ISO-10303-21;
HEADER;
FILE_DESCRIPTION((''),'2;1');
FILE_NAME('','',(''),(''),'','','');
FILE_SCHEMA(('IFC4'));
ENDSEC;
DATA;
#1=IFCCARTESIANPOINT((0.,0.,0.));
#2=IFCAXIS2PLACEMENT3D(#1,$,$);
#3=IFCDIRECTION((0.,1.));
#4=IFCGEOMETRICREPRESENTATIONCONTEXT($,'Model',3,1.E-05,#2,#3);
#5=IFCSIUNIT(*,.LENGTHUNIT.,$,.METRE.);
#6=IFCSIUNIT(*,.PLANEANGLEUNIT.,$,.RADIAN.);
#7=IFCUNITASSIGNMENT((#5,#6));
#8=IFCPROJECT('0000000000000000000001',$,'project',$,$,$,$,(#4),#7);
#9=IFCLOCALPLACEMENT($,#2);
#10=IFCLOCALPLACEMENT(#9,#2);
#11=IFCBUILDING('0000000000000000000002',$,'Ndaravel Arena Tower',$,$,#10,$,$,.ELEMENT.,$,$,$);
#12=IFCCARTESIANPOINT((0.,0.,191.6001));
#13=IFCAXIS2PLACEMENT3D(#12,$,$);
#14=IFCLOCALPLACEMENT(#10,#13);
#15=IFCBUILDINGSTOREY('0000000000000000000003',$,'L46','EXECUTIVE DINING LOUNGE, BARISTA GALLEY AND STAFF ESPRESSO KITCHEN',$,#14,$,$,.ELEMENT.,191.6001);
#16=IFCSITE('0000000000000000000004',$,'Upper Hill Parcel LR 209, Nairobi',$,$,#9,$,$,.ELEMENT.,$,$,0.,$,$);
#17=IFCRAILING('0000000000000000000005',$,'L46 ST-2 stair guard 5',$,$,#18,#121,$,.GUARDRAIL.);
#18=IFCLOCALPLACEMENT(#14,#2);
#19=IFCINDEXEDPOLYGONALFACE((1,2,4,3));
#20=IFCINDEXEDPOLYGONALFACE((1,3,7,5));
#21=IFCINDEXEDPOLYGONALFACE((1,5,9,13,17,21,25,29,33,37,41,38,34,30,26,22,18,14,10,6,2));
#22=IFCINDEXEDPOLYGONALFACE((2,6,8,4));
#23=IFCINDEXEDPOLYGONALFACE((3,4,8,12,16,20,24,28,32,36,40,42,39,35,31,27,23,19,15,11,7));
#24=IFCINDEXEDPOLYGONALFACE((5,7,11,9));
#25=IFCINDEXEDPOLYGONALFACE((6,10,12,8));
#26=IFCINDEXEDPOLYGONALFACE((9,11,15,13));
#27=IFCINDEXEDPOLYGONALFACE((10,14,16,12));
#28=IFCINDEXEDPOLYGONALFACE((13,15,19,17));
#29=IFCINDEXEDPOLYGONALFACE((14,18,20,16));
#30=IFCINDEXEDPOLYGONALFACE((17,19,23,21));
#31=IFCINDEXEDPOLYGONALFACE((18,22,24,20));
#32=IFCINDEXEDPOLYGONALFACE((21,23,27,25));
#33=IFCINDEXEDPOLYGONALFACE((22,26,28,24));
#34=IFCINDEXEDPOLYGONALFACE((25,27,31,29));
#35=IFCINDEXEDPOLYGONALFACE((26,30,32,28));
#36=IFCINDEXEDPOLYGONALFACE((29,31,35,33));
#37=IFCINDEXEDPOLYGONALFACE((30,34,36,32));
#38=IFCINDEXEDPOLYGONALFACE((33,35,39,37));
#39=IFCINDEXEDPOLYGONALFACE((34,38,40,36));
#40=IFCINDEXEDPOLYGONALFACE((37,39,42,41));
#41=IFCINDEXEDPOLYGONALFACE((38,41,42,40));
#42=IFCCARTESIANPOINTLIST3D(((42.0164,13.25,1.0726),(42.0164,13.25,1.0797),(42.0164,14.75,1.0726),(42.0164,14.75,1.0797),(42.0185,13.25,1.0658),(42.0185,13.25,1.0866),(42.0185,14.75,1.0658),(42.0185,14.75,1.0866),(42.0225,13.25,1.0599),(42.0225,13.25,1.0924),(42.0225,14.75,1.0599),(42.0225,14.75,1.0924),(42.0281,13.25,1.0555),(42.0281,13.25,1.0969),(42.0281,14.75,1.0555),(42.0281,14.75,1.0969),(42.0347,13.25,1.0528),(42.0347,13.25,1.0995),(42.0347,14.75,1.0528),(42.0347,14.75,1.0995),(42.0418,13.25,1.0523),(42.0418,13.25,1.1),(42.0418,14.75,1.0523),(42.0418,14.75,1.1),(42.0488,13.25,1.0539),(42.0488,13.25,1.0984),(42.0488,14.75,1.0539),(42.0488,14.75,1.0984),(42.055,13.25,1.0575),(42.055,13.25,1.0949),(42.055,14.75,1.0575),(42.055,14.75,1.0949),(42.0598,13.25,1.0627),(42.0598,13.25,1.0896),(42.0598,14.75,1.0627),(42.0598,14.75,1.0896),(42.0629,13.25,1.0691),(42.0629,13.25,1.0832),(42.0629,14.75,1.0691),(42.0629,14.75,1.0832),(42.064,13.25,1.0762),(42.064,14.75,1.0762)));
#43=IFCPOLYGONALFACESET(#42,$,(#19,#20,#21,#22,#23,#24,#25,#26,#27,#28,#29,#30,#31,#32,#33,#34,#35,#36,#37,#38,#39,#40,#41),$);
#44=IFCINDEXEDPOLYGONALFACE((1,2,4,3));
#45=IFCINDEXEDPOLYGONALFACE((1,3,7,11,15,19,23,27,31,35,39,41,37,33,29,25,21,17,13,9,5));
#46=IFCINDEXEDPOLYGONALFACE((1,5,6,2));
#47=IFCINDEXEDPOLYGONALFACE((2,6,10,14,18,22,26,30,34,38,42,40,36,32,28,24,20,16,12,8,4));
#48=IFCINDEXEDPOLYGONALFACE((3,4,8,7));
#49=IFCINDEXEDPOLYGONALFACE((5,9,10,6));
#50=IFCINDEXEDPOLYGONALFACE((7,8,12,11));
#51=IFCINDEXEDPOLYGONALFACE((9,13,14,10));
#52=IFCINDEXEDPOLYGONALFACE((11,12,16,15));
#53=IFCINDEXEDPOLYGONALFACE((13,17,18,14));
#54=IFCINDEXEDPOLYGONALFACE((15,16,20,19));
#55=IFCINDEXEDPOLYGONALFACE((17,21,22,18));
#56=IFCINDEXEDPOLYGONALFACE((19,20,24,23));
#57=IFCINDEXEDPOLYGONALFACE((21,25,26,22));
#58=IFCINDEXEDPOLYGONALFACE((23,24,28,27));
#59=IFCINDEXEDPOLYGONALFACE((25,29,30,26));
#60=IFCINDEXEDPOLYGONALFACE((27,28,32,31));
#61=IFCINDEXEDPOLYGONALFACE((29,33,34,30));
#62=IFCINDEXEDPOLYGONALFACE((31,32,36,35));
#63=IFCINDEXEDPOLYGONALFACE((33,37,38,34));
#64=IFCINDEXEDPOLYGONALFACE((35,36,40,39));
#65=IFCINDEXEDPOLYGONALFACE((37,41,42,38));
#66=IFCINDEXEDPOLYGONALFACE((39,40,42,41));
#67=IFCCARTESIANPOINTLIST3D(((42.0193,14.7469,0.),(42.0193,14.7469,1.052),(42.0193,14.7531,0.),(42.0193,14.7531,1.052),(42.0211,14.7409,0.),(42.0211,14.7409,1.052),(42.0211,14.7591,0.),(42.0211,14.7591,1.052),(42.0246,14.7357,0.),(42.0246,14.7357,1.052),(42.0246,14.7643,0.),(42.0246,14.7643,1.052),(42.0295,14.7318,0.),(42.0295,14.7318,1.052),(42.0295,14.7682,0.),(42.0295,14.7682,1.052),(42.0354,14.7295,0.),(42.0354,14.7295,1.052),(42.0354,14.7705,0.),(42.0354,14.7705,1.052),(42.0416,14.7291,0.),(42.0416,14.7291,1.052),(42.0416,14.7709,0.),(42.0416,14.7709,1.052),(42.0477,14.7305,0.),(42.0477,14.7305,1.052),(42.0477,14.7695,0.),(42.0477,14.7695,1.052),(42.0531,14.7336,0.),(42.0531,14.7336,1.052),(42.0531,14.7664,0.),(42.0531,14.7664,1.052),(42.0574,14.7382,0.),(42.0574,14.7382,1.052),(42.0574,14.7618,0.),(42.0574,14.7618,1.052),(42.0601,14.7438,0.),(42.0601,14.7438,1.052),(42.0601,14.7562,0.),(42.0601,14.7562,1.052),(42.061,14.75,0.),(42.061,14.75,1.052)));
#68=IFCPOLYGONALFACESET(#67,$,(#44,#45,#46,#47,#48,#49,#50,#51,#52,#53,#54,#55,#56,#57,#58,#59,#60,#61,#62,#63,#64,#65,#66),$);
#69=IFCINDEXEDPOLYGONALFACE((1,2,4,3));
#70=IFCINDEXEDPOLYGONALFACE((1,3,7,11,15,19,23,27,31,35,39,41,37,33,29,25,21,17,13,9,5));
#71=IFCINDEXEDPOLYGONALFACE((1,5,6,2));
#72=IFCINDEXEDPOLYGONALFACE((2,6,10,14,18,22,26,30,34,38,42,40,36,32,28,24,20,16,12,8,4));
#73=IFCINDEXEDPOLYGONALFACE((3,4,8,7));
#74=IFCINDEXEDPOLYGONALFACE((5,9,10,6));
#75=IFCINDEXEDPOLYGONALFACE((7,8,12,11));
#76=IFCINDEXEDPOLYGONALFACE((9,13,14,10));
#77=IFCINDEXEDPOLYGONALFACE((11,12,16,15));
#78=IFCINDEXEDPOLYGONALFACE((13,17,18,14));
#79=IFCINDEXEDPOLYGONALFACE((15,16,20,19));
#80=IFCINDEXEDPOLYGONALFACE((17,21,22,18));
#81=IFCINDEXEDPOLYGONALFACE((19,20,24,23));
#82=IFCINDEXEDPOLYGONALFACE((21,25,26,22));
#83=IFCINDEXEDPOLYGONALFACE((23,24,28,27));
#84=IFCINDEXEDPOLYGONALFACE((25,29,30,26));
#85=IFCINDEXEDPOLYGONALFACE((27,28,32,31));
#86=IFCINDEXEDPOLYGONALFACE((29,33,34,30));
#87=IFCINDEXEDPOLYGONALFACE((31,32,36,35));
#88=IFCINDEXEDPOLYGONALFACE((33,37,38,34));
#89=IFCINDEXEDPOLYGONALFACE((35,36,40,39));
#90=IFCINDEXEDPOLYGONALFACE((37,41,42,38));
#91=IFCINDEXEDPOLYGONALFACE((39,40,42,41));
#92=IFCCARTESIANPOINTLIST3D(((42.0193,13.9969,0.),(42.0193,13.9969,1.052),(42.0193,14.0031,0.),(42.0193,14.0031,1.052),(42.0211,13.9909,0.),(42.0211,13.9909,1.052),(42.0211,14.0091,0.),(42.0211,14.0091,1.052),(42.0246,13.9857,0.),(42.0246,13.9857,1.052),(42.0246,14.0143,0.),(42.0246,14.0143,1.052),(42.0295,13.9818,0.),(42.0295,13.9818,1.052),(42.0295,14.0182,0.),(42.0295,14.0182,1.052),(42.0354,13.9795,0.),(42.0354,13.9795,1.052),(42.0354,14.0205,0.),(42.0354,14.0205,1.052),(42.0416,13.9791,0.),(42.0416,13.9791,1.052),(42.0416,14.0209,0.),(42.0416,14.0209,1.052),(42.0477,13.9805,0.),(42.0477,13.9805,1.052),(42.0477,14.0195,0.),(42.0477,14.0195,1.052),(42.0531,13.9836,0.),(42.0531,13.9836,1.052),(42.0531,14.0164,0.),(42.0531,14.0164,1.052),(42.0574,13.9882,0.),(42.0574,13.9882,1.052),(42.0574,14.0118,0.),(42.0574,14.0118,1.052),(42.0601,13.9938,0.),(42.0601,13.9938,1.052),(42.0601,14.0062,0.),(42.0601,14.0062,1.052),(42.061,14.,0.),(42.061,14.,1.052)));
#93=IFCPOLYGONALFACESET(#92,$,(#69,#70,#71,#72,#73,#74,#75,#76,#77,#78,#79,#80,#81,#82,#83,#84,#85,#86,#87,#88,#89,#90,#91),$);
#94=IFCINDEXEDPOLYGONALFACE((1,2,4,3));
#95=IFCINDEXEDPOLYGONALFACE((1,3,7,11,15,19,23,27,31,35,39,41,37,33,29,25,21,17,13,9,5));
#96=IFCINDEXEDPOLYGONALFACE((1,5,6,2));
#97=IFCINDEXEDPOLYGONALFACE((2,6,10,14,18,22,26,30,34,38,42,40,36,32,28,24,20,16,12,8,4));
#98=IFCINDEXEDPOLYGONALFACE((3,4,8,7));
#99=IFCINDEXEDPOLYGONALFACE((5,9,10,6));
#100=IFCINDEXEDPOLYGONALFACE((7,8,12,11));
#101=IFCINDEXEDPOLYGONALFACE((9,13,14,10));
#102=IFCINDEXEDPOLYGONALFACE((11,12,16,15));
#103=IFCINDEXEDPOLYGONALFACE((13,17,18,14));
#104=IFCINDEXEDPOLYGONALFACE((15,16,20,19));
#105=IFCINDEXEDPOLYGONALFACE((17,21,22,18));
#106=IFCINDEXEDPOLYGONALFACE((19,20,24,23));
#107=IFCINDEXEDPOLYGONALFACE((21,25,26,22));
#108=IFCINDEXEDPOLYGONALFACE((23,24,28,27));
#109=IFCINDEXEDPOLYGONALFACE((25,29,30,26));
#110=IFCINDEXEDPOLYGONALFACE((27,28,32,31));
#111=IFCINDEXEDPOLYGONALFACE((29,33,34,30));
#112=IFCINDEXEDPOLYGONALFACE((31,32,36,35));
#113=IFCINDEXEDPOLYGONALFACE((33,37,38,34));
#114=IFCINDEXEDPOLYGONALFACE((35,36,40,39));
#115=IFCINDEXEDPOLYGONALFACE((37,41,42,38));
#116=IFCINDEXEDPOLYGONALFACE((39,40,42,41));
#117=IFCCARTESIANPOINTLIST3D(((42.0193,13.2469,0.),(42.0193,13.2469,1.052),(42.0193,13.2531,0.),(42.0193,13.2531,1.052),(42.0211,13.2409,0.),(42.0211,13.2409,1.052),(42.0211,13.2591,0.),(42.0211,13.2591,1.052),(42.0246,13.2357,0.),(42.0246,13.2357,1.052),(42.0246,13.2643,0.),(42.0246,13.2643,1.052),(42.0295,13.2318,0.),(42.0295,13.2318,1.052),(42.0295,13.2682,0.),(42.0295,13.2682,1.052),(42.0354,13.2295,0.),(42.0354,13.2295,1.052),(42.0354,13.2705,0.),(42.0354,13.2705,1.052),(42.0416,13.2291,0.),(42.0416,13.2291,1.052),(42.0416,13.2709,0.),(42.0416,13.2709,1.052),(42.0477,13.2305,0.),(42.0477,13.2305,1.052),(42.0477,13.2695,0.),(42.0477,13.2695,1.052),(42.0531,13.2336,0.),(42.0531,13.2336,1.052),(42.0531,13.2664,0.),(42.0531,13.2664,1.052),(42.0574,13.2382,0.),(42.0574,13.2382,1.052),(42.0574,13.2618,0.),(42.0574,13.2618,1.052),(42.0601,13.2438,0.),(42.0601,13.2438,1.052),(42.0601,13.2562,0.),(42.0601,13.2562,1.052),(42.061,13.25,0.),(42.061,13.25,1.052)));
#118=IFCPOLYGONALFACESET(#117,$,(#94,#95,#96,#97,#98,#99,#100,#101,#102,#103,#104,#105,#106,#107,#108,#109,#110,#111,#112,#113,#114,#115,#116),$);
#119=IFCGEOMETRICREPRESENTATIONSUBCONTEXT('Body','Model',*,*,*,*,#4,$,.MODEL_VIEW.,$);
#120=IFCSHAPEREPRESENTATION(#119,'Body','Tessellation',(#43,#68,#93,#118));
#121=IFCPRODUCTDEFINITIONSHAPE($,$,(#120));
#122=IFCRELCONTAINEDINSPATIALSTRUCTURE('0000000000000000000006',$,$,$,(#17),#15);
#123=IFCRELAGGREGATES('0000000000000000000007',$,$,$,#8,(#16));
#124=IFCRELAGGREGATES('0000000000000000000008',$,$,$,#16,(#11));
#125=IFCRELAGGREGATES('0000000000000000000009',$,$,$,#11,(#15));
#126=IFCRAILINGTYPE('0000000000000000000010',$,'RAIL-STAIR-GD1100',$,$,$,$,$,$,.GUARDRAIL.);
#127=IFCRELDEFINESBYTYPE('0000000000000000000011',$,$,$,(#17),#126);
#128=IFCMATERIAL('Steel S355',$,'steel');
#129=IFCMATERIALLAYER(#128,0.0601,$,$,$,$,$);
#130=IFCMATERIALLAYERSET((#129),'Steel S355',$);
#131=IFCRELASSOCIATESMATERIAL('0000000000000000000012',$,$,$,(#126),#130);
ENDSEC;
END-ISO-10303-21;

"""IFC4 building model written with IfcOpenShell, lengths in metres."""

from ifc_helpers import new_model, si_unit, direction, frame, origin, origin_2d, place, context, subcontext, project, spatial, circle, extrude, material, layer, layer_set, type_object, element, save


model = new_model("IFC4")

# Units and contexts
model_context = context("Model", 3, precision=1e-05, world=origin(), true_north=direction((0.0, 1.0)))
body_context = subcontext(model_context, "Body", "Model", "MODEL_VIEW")
ifc_project = project(units=[si_unit("LENGTHUNIT", "METRE"), si_unit("PLANEANGLEUNIT", "RADIAN")], contexts=[model_context])

# Site, building, storey
site_placement = place(None, origin())
site = spatial("IfcSite", under=ifc_project, at=site_placement, Name="Upper Hill Parcel LR 209, Nairobi", CompositionType="ELEMENT", RefElevation=0.0)
building_placement = place(site_placement, origin())
building = spatial("IfcBuilding", under=site, at=building_placement, Name="Ndaravel Arena Tower", CompositionType="ELEMENT")
storey_placement = place(building_placement, frame((0.0, 0.0, 191.6001)))
storey = spatial("IfcBuildingStorey", under=building, at=storey_placement, Name="L46", Description="EXECUTIVE DINING LOUNGE, BARISTA GALLEY AND STAFF ESPRESSO KITCHEN", CompositionType="ELEMENT", Elevation=191.6001)

# Railing
ifc_material_1 = material(Name="Steel S355", Category="steel")
ifc_layer_1 = layer(ifc_material_1, 0.0601)
ifc_layer_set_1 = layer_set([ifc_layer_1], Name="Steel S355")
railing_type = type_object("IfcRailingType", Name="RAIL-STAIR-GD1100", PredefinedType="GUARDRAIL", material=ifc_layer_set_1)
railing_1_placement = place(storey_placement, frame((42.04, 14.75, 0.0)))
element("IfcRailing", 1, at=railing_1_placement, inside=storey, type_object=railing_type, Name="L46 ST-2 stair guard 5", PredefinedType="GUARDRAIL", context=body_context, shape_type="SweptSolid", body=[
    extrude(circle(Radius=0.0239, at=origin_2d()), frame((0.0, 0.0, 1.0762), z_axis=(0.0, -1.0, 0.0), x_axis=(1.0, 0.0, 0.0)), (0.0, 0.0, 1.0), 1.5),
    extrude(circle(Radius=0.021, at=origin_2d()), origin(), (0.0, 0.0, 1.0), 1.052),
    extrude(circle(Radius=0.021, at=origin_2d()), frame((0.0, -0.75, 0.0)), (0.0, 0.0, 1.0), 1.052),
    extrude(circle(Radius=0.021, at=origin_2d()), frame((0.0, -1.5, 0.0)), (0.0, 0.0, 1.0), 1.052),
])

save(model, "model.ifc")
